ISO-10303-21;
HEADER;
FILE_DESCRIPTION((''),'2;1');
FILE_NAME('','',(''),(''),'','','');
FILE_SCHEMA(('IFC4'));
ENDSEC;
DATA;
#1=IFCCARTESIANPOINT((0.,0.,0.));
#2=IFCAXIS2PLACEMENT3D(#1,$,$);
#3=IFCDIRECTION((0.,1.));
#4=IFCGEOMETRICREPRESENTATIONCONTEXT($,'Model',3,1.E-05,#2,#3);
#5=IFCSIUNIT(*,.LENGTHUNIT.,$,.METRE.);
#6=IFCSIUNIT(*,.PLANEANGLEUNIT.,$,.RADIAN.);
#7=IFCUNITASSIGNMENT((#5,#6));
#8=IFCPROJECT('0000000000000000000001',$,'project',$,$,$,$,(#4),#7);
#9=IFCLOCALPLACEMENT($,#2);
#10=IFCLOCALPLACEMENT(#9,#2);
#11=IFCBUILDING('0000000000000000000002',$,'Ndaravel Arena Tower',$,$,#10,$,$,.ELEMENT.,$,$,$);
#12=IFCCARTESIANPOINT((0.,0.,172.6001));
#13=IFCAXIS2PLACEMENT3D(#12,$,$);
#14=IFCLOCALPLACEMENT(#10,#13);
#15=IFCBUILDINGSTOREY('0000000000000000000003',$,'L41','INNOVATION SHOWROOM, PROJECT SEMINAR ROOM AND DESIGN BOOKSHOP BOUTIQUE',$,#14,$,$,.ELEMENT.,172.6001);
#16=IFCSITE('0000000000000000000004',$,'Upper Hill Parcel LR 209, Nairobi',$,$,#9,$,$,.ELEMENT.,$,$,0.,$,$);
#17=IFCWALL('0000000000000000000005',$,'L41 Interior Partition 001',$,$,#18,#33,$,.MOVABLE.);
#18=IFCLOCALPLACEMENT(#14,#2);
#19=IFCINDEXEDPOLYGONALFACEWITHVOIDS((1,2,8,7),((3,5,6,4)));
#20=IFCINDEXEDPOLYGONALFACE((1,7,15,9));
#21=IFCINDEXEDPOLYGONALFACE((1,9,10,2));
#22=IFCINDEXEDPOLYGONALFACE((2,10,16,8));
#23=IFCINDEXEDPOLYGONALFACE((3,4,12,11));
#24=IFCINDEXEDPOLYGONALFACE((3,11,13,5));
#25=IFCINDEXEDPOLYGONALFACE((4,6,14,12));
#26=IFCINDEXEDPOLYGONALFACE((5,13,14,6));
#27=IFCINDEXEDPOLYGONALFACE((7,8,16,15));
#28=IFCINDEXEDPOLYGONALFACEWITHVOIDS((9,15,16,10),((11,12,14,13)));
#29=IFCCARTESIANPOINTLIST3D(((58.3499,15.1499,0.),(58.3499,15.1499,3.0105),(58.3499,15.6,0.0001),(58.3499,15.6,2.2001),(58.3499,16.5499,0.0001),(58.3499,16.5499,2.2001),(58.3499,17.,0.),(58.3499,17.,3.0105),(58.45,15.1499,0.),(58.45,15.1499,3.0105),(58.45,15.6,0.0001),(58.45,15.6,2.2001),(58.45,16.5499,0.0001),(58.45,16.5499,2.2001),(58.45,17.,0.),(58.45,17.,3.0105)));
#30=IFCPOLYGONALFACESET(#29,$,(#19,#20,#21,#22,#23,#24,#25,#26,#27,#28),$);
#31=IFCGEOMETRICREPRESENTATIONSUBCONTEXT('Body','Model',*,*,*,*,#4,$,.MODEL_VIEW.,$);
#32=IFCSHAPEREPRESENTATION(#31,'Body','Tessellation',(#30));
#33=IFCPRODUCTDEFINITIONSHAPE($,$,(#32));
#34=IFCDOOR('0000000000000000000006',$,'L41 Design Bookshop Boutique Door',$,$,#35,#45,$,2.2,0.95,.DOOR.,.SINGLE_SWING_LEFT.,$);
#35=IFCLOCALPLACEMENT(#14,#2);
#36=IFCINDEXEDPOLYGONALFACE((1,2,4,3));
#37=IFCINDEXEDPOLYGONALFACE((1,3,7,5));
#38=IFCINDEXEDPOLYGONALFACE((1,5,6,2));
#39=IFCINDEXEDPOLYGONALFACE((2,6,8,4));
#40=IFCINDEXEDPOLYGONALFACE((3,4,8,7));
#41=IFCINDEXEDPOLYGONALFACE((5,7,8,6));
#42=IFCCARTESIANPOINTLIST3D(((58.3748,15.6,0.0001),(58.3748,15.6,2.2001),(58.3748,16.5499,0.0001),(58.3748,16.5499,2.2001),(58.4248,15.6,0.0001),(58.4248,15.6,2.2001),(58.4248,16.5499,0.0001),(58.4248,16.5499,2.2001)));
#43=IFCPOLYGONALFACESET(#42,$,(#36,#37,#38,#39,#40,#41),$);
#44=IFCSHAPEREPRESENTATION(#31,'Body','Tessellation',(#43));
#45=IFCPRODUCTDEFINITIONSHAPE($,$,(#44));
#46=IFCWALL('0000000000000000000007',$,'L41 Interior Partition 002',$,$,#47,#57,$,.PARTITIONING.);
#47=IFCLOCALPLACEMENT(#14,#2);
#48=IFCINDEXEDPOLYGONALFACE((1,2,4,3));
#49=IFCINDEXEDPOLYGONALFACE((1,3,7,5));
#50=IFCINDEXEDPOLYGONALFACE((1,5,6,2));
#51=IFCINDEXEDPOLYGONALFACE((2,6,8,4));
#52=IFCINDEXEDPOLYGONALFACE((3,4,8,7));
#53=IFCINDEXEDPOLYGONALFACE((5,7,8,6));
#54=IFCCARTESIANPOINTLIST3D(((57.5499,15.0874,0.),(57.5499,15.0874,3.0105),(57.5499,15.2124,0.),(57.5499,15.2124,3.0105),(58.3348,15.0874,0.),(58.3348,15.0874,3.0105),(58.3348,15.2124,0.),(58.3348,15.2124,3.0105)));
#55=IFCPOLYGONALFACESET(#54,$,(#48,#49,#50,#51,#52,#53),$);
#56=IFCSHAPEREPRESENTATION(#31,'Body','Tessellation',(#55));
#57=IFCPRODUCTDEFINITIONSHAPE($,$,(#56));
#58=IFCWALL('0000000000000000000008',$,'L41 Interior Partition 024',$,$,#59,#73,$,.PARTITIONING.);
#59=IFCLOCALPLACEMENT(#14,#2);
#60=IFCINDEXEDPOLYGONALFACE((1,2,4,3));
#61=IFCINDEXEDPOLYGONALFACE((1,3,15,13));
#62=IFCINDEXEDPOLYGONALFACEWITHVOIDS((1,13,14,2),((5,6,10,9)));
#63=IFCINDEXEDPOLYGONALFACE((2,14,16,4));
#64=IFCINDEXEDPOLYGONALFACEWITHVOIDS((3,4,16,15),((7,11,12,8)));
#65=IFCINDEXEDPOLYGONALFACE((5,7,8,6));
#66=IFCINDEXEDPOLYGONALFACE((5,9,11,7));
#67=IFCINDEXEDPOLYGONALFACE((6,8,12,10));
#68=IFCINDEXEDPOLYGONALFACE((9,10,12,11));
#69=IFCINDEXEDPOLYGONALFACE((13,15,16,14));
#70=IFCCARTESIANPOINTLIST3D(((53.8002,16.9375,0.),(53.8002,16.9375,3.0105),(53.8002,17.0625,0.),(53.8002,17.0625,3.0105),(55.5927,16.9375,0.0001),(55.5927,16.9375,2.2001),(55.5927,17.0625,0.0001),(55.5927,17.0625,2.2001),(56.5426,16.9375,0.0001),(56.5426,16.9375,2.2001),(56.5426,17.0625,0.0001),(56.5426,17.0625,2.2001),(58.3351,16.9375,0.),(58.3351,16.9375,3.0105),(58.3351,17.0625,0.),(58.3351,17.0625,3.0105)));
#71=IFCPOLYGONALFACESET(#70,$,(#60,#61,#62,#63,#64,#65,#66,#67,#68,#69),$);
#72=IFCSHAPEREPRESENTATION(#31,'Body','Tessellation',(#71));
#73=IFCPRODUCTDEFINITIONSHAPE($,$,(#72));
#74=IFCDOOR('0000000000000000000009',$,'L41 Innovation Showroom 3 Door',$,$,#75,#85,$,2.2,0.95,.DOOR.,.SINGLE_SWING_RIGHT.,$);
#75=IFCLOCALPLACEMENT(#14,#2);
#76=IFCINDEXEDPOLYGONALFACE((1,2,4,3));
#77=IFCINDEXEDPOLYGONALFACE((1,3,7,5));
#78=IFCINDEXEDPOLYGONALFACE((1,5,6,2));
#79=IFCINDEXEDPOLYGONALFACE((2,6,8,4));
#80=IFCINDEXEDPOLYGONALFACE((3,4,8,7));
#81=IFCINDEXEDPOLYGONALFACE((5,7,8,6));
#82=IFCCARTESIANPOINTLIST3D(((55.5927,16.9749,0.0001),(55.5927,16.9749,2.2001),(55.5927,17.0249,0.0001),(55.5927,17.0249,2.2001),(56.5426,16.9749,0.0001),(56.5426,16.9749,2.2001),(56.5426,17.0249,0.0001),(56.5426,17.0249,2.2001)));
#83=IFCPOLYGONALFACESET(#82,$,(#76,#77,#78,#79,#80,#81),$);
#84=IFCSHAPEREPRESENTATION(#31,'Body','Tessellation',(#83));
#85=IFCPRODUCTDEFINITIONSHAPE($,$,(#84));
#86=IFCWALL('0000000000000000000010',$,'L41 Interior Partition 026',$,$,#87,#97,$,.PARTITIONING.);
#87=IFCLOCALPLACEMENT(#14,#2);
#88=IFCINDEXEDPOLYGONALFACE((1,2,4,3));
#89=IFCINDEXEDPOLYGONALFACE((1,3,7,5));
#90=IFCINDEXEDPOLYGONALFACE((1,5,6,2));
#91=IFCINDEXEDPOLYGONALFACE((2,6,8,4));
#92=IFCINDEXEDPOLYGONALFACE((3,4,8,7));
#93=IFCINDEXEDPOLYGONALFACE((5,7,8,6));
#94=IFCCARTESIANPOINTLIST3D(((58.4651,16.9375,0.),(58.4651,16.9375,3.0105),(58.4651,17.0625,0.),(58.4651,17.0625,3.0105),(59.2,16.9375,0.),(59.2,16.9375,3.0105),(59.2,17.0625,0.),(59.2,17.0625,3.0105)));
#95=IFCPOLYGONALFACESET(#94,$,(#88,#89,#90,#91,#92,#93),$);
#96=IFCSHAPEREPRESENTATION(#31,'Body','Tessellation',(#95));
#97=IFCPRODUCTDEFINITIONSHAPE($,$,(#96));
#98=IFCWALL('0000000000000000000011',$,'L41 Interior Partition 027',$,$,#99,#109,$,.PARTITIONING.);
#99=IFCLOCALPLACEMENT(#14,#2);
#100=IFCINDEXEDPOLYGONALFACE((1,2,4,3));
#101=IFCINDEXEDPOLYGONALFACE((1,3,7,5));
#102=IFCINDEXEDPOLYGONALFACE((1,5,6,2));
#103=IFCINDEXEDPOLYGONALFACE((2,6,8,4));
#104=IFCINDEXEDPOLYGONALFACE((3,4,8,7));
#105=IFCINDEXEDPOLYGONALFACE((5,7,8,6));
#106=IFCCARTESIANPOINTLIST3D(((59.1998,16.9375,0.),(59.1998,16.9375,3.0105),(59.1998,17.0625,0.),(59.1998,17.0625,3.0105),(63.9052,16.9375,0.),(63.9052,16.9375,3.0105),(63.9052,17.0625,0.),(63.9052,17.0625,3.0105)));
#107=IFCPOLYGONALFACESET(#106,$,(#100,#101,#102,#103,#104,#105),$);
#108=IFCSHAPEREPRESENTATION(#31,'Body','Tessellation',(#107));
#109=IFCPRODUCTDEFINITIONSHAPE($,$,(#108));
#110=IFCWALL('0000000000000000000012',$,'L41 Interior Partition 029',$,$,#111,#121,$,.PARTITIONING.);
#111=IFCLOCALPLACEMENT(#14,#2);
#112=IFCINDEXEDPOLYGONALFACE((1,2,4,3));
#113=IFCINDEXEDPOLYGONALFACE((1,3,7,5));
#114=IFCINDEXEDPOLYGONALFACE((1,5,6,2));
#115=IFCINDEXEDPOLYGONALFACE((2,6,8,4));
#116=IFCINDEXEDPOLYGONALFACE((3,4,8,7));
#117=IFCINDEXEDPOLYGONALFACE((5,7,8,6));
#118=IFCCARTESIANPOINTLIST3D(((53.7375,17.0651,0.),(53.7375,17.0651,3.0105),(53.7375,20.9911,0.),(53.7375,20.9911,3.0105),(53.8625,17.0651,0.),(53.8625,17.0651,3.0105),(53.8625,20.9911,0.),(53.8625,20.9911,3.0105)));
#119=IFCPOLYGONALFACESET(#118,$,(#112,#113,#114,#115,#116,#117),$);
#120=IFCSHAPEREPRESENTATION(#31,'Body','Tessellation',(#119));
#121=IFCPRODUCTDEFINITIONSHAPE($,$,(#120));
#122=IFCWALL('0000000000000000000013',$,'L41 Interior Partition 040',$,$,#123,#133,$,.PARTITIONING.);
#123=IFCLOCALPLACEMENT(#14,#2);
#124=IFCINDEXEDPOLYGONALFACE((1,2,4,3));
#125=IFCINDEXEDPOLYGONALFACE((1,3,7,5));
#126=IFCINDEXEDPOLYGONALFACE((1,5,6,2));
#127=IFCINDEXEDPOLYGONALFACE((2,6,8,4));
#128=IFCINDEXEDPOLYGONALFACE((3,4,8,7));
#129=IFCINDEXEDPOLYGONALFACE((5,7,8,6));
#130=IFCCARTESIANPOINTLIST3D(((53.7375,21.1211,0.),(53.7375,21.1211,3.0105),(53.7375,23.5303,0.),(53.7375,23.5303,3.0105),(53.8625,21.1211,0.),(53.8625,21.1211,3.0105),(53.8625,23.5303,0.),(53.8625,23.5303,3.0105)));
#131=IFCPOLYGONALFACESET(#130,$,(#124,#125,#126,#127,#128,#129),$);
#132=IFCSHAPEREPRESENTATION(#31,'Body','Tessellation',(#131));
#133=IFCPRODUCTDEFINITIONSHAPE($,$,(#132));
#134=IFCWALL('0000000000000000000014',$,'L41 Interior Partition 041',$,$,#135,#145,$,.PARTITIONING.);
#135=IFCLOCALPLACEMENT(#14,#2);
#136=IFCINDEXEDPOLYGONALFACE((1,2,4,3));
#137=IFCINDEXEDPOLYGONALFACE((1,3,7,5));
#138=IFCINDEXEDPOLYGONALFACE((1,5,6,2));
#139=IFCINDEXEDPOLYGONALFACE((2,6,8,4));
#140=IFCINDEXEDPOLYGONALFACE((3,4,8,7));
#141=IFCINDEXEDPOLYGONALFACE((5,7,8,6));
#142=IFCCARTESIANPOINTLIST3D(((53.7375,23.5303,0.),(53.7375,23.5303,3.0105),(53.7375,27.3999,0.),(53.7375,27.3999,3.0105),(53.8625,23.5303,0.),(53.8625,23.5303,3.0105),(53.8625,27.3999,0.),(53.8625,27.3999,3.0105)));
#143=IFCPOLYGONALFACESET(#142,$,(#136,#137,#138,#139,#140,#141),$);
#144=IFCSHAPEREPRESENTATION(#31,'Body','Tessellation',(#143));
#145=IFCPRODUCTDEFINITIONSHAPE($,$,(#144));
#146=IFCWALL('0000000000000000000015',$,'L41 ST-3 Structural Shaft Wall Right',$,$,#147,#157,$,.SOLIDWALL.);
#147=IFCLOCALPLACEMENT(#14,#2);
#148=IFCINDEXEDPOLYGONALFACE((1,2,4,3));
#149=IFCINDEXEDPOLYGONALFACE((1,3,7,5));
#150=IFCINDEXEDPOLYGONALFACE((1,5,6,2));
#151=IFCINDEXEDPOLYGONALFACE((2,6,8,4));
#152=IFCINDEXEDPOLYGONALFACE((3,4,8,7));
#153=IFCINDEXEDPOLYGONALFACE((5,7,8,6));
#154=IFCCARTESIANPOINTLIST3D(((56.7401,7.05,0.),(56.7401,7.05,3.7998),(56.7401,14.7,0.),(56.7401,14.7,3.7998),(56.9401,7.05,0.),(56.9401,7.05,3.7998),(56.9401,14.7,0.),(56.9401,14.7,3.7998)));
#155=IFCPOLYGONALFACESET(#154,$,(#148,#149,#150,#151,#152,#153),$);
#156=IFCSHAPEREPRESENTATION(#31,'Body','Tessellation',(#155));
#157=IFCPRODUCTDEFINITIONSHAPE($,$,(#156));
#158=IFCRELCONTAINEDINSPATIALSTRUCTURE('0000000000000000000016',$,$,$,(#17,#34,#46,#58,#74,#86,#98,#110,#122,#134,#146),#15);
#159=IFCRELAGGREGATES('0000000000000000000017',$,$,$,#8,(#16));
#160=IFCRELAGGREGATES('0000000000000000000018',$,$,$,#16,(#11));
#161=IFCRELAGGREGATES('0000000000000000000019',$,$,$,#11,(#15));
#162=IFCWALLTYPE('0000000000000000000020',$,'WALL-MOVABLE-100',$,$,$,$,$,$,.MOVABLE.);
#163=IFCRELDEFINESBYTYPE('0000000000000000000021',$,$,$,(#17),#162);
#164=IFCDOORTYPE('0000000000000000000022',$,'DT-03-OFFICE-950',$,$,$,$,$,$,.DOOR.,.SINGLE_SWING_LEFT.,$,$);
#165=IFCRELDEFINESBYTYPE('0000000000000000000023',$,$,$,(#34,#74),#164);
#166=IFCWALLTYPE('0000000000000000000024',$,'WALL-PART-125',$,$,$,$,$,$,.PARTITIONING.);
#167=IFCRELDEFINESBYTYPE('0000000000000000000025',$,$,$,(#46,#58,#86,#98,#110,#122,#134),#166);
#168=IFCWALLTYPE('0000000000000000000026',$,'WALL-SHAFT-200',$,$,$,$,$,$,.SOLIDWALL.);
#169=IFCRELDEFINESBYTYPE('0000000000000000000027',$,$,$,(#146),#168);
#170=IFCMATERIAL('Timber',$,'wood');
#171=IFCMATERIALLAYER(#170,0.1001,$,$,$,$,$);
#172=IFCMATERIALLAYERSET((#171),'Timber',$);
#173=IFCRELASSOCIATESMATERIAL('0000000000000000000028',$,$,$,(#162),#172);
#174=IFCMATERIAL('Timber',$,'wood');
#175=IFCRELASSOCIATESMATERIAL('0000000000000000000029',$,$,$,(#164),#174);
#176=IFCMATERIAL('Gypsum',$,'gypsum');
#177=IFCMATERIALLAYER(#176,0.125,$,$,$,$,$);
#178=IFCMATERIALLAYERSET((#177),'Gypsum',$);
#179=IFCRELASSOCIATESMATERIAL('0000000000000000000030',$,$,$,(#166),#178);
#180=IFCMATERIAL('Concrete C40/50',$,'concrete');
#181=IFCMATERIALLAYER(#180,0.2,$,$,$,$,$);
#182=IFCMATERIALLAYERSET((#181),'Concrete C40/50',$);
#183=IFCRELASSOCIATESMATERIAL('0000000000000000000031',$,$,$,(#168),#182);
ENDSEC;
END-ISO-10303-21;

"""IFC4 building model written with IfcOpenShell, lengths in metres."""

from ifc_helpers import new_model, si_unit, direction, frame, frame_2d, origin, place, context, subcontext, project, spatial, rectangle, extrude, material, layer, layer_set, type_object, element, fill, save


model = new_model("IFC4")

# Units and contexts
model_context = context("Model", 3, precision=1e-05, world=origin(), true_north=direction((0.0, 1.0)))
body_context = subcontext(model_context, "Body", "Model", "MODEL_VIEW")
ifc_project = project(units=[si_unit("LENGTHUNIT", "METRE"), si_unit("PLANEANGLEUNIT", "RADIAN")], contexts=[model_context])

# Site, building, storey
site_placement = place(None, origin())
site = spatial("IfcSite", under=ifc_project, at=site_placement, Name="Upper Hill Parcel LR 209, Nairobi", CompositionType="ELEMENT", RefElevation=0.0)
building_placement = place(site_placement, origin())
building = spatial("IfcBuilding", under=site, at=building_placement, Name="Ndaravel Arena Tower", CompositionType="ELEMENT")
storey_placement = place(building_placement, frame((0.0, 0.0, 172.6001)))
storey = spatial("IfcBuildingStorey", under=building, at=storey_placement, Name="L41", Description="INNOVATION SHOWROOM, PROJECT SEMINAR ROOM AND DESIGN BOOKSHOP BOUTIQUE", CompositionType="ELEMENT", Elevation=172.6001)

# Wall, opening, door
ifc_material_1 = material(Name="Timber", Category="wood")
ifc_layer_1 = layer(ifc_material_1, 0.1001)
ifc_layer_set_1 = layer_set([ifc_layer_1], Name="Timber")
wall_type_1 = type_object("IfcWallType", Name="WALL-MOVABLE-100", PredefinedType="MOVABLE", material=ifc_layer_set_1)
wall_1_placement = place(storey_placement, frame((58.3999, 17.0, 0.0), z_axis=(0.0, 0.0, 1.0), x_axis=(0.0, -1.0, 0.0)))
wall_1 = element("IfcWall", 1, at=wall_1_placement, inside=storey, type_object=wall_type_1, Name="L41 Interior Partition 001", PredefinedType="MOVABLE", context=body_context, shape_type="SweptSolid", body=[
    extrude(rectangle(XDim=1.8501, YDim=0.1001, at=frame_2d((0.925, 0.0))), origin(), (0.0, 0.0, 1.0), 3.0105),
])
opening_1_placement = place(wall_1_placement, frame((0.45, 0.0, 0.0)))
opening_1 = element("IfcOpeningElement", 2, at=opening_1_placement, cuts=wall_1, PredefinedType="OPENING", context=body_context, shape_type="SweptSolid", body=[
    extrude(rectangle(XDim=0.95, YDim=2.2, at=frame_2d((0.4751, 1.1001))), frame((0.0, 0.05, 0.0), z_axis=(0.0, -1.0, 0.0), x_axis=(1.0, 0.0, 0.0)), (0.0, 0.0, 1.0), 0.1001),
])
ifc_material_2 = material(Name="Timber", Category="wood")
door_type = type_object("IfcDoorType", Name="DT-03-OFFICE-950", OperationType="SINGLE_SWING_LEFT", PredefinedType="DOOR", material=ifc_material_2)
door_1_placement = place(opening_1_placement, origin())
door_1 = element("IfcDoor", 3, at=door_1_placement, inside=storey, type_object=door_type, Name="L41 Design Bookshop Boutique Door", OperationType="SINGLE_SWING_LEFT", OverallHeight=2.2, OverallWidth=0.95, PredefinedType="DOOR", context=body_context, shape_type="SweptSolid", body=[
    extrude(rectangle(XDim=0.95, YDim=2.2, at=frame_2d((0.4751, 1.1001))), frame((0.0, 0.0249, 0.0), z_axis=(0.0, -1.0, 0.0), x_axis=(1.0, 0.0, 0.0)), (0.0, 0.0, 1.0), 0.05),
])
fill(opening_1, door_1)

# Wall
ifc_material_3 = material(Name="Gypsum", Category="gypsum")
ifc_layer_2 = layer(ifc_material_3, 0.125)
ifc_layer_set_2 = layer_set([ifc_layer_2], Name="Gypsum")
wall_type_2 = type_object("IfcWallType", Name="WALL-PART-125", PredefinedType="PARTITIONING", material=ifc_layer_set_2)
wall_2_placement = place(storey_placement, frame((58.335, 15.1499, 0.0), z_axis=(0.0, 0.0, 1.0), x_axis=(-1.0, 0.0, 0.0)))
element("IfcWall", 4, at=wall_2_placement, inside=storey, type_object=wall_type_2, Name="L41 Interior Partition 002", PredefinedType="PARTITIONING", context=body_context, shape_type="SweptSolid", body=[
    extrude(rectangle(XDim=0.7849, YDim=0.125, at=frame_2d((0.3926, 0.0))), origin(), (0.0, 0.0, 1.0), 3.0105),
])

# Wall, opening, door
wall_3_placement = place(storey_placement, frame((53.8, 17.0, 0.0), z_axis=(0.0, 0.0, 1.0), x_axis=(1.0, 0.0, 0.0)))
wall_3 = element("IfcWall", 5, at=wall_3_placement, inside=storey, type_object=wall_type_2, Name="L41 Interior Partition 024", PredefinedType="PARTITIONING", context=body_context, shape_type="SweptSolid", body=[
    extrude(rectangle(XDim=4.5349, YDim=0.125, at=frame_2d((2.2676, 0.0))), origin(), (0.0, 0.0, 1.0), 3.0105),
])
opening_2_placement = place(wall_3_placement, frame((1.7925, 0.0, 0.0)))
opening_2 = element("IfcOpeningElement", 6, at=opening_2_placement, cuts=wall_3, PredefinedType="OPENING", context=body_context, shape_type="SweptSolid", body=[
    extrude(rectangle(XDim=0.95, YDim=2.2, at=frame_2d((0.4751, 1.1001))), frame((0.0, 0.0625, 0.0), z_axis=(0.0, -1.0, 0.0), x_axis=(1.0, 0.0, 0.0)), (0.0, 0.0, 1.0), 0.125),
])
door_2_placement = place(opening_2_placement, origin())
door_2 = element("IfcDoor", 7, at=door_2_placement, inside=storey, type_object=door_type, Name="L41 Innovation Showroom 3 Door", OperationType="SINGLE_SWING_RIGHT", OverallHeight=2.2, OverallWidth=0.95, PredefinedType="DOOR", context=body_context, shape_type="SweptSolid", body=[
    extrude(rectangle(XDim=0.95, YDim=2.2, at=frame_2d((0.4751, 1.1001))), frame((0.0, 0.0249, 0.0), z_axis=(0.0, -1.0, 0.0), x_axis=(1.0, 0.0, 0.0)), (0.0, 0.0, 1.0), 0.05),
])
fill(opening_2, door_2)

# Walls
wall_4_placement = place(storey_placement, frame((58.4651, 17.0, 0.0), z_axis=(0.0, 0.0, 1.0), x_axis=(1.0, 0.0, 0.0)))
element("IfcWall", 8, at=wall_4_placement, inside=storey, type_object=wall_type_2, Name="L41 Interior Partition 026", PredefinedType="PARTITIONING", context=body_context, shape_type="SweptSolid", body=[
    extrude(rectangle(XDim=0.7349, YDim=0.125, at=frame_2d((0.3674, 0.0))), origin(), (0.0, 0.0, 1.0), 3.0105),
])
wall_5_placement = place(storey_placement, frame((59.2, 17.0, 0.0), z_axis=(0.0, 0.0, 1.0), x_axis=(1.0, 0.0, 0.0)))
element("IfcWall", 9, at=wall_5_placement, inside=storey, type_object=wall_type_2, Name="L41 Interior Partition 027", PredefinedType="PARTITIONING", context=body_context, shape_type="SweptSolid", body=[
    extrude(rectangle(XDim=4.7053, YDim=0.125, at=frame_2d((2.3525, 0.0))), origin(), (0.0, 0.0, 1.0), 3.0105),
])
wall_6_placement = place(storey_placement, frame((53.8, 20.991, 0.0), z_axis=(0.0, 0.0, 1.0), x_axis=(0.0, -1.0, 0.0)))
element("IfcWall", 10, at=wall_6_placement, inside=storey, type_object=wall_type_2, Name="L41 Interior Partition 029", PredefinedType="PARTITIONING", context=body_context, shape_type="SweptSolid", body=[
    extrude(rectangle(XDim=3.926, YDim=0.125, at=frame_2d((1.9629, 0.0))), origin(), (0.0, 0.0, 1.0), 3.0105),
])
wall_7_placement = place(storey_placement, frame((53.8, 21.1211, 0.0), z_axis=(0.0, 0.0, 1.0), x_axis=(0.0, 1.0, 0.0)))
element("IfcWall", 11, at=wall_7_placement, inside=storey, type_object=wall_type_2, Name="L41 Interior Partition 040", PredefinedType="PARTITIONING", context=body_context, shape_type="SweptSolid", body=[
    extrude(rectangle(XDim=2.4092, YDim=0.125, at=frame_2d((1.2046, 0.0))), origin(), (0.0, 0.0, 1.0), 3.0105),
])
wall_8_placement = place(storey_placement, frame((53.8, 23.5303, 0.0), z_axis=(0.0, 0.0, 1.0), x_axis=(0.0, 1.0, 0.0)))
element("IfcWall", 12, at=wall_8_placement, inside=storey, type_object=wall_type_2, Name="L41 Interior Partition 041", PredefinedType="PARTITIONING", context=body_context, shape_type="SweptSolid", body=[
    extrude(rectangle(XDim=3.8696, YDim=0.125, at=frame_2d((1.9348, 0.0))), origin(), (0.0, 0.0, 1.0), 3.0105),
])
ifc_material_4 = material(Name="Concrete C40/50", Category="concrete")
ifc_layer_3 = layer(ifc_material_4, 0.2)
ifc_layer_set_3 = layer_set([ifc_layer_3], Name="Concrete C40/50")
wall_type_3 = type_object("IfcWallType", Name="WALL-SHAFT-200", PredefinedType="SOLIDWALL", material=ifc_layer_set_3)
wall_9_placement = place(storey_placement, frame((56.8401, 14.7, 0.0), z_axis=(0.0, 0.0, 1.0), x_axis=(0.0, -1.0, 0.0)))
element("IfcWall", 13, at=wall_9_placement, inside=storey, type_object=wall_type_3, Name="L41 ST-3 Structural Shaft Wall Right", PredefinedType="SOLIDWALL", context=body_context, shape_type="SweptSolid", body=[
    extrude(rectangle(XDim=7.6499, YDim=0.2, at=frame_2d((3.825, 0.0))), origin(), (0.0, 0.0, 1.0), 3.7998),
])

save(model, "model.ifc")
